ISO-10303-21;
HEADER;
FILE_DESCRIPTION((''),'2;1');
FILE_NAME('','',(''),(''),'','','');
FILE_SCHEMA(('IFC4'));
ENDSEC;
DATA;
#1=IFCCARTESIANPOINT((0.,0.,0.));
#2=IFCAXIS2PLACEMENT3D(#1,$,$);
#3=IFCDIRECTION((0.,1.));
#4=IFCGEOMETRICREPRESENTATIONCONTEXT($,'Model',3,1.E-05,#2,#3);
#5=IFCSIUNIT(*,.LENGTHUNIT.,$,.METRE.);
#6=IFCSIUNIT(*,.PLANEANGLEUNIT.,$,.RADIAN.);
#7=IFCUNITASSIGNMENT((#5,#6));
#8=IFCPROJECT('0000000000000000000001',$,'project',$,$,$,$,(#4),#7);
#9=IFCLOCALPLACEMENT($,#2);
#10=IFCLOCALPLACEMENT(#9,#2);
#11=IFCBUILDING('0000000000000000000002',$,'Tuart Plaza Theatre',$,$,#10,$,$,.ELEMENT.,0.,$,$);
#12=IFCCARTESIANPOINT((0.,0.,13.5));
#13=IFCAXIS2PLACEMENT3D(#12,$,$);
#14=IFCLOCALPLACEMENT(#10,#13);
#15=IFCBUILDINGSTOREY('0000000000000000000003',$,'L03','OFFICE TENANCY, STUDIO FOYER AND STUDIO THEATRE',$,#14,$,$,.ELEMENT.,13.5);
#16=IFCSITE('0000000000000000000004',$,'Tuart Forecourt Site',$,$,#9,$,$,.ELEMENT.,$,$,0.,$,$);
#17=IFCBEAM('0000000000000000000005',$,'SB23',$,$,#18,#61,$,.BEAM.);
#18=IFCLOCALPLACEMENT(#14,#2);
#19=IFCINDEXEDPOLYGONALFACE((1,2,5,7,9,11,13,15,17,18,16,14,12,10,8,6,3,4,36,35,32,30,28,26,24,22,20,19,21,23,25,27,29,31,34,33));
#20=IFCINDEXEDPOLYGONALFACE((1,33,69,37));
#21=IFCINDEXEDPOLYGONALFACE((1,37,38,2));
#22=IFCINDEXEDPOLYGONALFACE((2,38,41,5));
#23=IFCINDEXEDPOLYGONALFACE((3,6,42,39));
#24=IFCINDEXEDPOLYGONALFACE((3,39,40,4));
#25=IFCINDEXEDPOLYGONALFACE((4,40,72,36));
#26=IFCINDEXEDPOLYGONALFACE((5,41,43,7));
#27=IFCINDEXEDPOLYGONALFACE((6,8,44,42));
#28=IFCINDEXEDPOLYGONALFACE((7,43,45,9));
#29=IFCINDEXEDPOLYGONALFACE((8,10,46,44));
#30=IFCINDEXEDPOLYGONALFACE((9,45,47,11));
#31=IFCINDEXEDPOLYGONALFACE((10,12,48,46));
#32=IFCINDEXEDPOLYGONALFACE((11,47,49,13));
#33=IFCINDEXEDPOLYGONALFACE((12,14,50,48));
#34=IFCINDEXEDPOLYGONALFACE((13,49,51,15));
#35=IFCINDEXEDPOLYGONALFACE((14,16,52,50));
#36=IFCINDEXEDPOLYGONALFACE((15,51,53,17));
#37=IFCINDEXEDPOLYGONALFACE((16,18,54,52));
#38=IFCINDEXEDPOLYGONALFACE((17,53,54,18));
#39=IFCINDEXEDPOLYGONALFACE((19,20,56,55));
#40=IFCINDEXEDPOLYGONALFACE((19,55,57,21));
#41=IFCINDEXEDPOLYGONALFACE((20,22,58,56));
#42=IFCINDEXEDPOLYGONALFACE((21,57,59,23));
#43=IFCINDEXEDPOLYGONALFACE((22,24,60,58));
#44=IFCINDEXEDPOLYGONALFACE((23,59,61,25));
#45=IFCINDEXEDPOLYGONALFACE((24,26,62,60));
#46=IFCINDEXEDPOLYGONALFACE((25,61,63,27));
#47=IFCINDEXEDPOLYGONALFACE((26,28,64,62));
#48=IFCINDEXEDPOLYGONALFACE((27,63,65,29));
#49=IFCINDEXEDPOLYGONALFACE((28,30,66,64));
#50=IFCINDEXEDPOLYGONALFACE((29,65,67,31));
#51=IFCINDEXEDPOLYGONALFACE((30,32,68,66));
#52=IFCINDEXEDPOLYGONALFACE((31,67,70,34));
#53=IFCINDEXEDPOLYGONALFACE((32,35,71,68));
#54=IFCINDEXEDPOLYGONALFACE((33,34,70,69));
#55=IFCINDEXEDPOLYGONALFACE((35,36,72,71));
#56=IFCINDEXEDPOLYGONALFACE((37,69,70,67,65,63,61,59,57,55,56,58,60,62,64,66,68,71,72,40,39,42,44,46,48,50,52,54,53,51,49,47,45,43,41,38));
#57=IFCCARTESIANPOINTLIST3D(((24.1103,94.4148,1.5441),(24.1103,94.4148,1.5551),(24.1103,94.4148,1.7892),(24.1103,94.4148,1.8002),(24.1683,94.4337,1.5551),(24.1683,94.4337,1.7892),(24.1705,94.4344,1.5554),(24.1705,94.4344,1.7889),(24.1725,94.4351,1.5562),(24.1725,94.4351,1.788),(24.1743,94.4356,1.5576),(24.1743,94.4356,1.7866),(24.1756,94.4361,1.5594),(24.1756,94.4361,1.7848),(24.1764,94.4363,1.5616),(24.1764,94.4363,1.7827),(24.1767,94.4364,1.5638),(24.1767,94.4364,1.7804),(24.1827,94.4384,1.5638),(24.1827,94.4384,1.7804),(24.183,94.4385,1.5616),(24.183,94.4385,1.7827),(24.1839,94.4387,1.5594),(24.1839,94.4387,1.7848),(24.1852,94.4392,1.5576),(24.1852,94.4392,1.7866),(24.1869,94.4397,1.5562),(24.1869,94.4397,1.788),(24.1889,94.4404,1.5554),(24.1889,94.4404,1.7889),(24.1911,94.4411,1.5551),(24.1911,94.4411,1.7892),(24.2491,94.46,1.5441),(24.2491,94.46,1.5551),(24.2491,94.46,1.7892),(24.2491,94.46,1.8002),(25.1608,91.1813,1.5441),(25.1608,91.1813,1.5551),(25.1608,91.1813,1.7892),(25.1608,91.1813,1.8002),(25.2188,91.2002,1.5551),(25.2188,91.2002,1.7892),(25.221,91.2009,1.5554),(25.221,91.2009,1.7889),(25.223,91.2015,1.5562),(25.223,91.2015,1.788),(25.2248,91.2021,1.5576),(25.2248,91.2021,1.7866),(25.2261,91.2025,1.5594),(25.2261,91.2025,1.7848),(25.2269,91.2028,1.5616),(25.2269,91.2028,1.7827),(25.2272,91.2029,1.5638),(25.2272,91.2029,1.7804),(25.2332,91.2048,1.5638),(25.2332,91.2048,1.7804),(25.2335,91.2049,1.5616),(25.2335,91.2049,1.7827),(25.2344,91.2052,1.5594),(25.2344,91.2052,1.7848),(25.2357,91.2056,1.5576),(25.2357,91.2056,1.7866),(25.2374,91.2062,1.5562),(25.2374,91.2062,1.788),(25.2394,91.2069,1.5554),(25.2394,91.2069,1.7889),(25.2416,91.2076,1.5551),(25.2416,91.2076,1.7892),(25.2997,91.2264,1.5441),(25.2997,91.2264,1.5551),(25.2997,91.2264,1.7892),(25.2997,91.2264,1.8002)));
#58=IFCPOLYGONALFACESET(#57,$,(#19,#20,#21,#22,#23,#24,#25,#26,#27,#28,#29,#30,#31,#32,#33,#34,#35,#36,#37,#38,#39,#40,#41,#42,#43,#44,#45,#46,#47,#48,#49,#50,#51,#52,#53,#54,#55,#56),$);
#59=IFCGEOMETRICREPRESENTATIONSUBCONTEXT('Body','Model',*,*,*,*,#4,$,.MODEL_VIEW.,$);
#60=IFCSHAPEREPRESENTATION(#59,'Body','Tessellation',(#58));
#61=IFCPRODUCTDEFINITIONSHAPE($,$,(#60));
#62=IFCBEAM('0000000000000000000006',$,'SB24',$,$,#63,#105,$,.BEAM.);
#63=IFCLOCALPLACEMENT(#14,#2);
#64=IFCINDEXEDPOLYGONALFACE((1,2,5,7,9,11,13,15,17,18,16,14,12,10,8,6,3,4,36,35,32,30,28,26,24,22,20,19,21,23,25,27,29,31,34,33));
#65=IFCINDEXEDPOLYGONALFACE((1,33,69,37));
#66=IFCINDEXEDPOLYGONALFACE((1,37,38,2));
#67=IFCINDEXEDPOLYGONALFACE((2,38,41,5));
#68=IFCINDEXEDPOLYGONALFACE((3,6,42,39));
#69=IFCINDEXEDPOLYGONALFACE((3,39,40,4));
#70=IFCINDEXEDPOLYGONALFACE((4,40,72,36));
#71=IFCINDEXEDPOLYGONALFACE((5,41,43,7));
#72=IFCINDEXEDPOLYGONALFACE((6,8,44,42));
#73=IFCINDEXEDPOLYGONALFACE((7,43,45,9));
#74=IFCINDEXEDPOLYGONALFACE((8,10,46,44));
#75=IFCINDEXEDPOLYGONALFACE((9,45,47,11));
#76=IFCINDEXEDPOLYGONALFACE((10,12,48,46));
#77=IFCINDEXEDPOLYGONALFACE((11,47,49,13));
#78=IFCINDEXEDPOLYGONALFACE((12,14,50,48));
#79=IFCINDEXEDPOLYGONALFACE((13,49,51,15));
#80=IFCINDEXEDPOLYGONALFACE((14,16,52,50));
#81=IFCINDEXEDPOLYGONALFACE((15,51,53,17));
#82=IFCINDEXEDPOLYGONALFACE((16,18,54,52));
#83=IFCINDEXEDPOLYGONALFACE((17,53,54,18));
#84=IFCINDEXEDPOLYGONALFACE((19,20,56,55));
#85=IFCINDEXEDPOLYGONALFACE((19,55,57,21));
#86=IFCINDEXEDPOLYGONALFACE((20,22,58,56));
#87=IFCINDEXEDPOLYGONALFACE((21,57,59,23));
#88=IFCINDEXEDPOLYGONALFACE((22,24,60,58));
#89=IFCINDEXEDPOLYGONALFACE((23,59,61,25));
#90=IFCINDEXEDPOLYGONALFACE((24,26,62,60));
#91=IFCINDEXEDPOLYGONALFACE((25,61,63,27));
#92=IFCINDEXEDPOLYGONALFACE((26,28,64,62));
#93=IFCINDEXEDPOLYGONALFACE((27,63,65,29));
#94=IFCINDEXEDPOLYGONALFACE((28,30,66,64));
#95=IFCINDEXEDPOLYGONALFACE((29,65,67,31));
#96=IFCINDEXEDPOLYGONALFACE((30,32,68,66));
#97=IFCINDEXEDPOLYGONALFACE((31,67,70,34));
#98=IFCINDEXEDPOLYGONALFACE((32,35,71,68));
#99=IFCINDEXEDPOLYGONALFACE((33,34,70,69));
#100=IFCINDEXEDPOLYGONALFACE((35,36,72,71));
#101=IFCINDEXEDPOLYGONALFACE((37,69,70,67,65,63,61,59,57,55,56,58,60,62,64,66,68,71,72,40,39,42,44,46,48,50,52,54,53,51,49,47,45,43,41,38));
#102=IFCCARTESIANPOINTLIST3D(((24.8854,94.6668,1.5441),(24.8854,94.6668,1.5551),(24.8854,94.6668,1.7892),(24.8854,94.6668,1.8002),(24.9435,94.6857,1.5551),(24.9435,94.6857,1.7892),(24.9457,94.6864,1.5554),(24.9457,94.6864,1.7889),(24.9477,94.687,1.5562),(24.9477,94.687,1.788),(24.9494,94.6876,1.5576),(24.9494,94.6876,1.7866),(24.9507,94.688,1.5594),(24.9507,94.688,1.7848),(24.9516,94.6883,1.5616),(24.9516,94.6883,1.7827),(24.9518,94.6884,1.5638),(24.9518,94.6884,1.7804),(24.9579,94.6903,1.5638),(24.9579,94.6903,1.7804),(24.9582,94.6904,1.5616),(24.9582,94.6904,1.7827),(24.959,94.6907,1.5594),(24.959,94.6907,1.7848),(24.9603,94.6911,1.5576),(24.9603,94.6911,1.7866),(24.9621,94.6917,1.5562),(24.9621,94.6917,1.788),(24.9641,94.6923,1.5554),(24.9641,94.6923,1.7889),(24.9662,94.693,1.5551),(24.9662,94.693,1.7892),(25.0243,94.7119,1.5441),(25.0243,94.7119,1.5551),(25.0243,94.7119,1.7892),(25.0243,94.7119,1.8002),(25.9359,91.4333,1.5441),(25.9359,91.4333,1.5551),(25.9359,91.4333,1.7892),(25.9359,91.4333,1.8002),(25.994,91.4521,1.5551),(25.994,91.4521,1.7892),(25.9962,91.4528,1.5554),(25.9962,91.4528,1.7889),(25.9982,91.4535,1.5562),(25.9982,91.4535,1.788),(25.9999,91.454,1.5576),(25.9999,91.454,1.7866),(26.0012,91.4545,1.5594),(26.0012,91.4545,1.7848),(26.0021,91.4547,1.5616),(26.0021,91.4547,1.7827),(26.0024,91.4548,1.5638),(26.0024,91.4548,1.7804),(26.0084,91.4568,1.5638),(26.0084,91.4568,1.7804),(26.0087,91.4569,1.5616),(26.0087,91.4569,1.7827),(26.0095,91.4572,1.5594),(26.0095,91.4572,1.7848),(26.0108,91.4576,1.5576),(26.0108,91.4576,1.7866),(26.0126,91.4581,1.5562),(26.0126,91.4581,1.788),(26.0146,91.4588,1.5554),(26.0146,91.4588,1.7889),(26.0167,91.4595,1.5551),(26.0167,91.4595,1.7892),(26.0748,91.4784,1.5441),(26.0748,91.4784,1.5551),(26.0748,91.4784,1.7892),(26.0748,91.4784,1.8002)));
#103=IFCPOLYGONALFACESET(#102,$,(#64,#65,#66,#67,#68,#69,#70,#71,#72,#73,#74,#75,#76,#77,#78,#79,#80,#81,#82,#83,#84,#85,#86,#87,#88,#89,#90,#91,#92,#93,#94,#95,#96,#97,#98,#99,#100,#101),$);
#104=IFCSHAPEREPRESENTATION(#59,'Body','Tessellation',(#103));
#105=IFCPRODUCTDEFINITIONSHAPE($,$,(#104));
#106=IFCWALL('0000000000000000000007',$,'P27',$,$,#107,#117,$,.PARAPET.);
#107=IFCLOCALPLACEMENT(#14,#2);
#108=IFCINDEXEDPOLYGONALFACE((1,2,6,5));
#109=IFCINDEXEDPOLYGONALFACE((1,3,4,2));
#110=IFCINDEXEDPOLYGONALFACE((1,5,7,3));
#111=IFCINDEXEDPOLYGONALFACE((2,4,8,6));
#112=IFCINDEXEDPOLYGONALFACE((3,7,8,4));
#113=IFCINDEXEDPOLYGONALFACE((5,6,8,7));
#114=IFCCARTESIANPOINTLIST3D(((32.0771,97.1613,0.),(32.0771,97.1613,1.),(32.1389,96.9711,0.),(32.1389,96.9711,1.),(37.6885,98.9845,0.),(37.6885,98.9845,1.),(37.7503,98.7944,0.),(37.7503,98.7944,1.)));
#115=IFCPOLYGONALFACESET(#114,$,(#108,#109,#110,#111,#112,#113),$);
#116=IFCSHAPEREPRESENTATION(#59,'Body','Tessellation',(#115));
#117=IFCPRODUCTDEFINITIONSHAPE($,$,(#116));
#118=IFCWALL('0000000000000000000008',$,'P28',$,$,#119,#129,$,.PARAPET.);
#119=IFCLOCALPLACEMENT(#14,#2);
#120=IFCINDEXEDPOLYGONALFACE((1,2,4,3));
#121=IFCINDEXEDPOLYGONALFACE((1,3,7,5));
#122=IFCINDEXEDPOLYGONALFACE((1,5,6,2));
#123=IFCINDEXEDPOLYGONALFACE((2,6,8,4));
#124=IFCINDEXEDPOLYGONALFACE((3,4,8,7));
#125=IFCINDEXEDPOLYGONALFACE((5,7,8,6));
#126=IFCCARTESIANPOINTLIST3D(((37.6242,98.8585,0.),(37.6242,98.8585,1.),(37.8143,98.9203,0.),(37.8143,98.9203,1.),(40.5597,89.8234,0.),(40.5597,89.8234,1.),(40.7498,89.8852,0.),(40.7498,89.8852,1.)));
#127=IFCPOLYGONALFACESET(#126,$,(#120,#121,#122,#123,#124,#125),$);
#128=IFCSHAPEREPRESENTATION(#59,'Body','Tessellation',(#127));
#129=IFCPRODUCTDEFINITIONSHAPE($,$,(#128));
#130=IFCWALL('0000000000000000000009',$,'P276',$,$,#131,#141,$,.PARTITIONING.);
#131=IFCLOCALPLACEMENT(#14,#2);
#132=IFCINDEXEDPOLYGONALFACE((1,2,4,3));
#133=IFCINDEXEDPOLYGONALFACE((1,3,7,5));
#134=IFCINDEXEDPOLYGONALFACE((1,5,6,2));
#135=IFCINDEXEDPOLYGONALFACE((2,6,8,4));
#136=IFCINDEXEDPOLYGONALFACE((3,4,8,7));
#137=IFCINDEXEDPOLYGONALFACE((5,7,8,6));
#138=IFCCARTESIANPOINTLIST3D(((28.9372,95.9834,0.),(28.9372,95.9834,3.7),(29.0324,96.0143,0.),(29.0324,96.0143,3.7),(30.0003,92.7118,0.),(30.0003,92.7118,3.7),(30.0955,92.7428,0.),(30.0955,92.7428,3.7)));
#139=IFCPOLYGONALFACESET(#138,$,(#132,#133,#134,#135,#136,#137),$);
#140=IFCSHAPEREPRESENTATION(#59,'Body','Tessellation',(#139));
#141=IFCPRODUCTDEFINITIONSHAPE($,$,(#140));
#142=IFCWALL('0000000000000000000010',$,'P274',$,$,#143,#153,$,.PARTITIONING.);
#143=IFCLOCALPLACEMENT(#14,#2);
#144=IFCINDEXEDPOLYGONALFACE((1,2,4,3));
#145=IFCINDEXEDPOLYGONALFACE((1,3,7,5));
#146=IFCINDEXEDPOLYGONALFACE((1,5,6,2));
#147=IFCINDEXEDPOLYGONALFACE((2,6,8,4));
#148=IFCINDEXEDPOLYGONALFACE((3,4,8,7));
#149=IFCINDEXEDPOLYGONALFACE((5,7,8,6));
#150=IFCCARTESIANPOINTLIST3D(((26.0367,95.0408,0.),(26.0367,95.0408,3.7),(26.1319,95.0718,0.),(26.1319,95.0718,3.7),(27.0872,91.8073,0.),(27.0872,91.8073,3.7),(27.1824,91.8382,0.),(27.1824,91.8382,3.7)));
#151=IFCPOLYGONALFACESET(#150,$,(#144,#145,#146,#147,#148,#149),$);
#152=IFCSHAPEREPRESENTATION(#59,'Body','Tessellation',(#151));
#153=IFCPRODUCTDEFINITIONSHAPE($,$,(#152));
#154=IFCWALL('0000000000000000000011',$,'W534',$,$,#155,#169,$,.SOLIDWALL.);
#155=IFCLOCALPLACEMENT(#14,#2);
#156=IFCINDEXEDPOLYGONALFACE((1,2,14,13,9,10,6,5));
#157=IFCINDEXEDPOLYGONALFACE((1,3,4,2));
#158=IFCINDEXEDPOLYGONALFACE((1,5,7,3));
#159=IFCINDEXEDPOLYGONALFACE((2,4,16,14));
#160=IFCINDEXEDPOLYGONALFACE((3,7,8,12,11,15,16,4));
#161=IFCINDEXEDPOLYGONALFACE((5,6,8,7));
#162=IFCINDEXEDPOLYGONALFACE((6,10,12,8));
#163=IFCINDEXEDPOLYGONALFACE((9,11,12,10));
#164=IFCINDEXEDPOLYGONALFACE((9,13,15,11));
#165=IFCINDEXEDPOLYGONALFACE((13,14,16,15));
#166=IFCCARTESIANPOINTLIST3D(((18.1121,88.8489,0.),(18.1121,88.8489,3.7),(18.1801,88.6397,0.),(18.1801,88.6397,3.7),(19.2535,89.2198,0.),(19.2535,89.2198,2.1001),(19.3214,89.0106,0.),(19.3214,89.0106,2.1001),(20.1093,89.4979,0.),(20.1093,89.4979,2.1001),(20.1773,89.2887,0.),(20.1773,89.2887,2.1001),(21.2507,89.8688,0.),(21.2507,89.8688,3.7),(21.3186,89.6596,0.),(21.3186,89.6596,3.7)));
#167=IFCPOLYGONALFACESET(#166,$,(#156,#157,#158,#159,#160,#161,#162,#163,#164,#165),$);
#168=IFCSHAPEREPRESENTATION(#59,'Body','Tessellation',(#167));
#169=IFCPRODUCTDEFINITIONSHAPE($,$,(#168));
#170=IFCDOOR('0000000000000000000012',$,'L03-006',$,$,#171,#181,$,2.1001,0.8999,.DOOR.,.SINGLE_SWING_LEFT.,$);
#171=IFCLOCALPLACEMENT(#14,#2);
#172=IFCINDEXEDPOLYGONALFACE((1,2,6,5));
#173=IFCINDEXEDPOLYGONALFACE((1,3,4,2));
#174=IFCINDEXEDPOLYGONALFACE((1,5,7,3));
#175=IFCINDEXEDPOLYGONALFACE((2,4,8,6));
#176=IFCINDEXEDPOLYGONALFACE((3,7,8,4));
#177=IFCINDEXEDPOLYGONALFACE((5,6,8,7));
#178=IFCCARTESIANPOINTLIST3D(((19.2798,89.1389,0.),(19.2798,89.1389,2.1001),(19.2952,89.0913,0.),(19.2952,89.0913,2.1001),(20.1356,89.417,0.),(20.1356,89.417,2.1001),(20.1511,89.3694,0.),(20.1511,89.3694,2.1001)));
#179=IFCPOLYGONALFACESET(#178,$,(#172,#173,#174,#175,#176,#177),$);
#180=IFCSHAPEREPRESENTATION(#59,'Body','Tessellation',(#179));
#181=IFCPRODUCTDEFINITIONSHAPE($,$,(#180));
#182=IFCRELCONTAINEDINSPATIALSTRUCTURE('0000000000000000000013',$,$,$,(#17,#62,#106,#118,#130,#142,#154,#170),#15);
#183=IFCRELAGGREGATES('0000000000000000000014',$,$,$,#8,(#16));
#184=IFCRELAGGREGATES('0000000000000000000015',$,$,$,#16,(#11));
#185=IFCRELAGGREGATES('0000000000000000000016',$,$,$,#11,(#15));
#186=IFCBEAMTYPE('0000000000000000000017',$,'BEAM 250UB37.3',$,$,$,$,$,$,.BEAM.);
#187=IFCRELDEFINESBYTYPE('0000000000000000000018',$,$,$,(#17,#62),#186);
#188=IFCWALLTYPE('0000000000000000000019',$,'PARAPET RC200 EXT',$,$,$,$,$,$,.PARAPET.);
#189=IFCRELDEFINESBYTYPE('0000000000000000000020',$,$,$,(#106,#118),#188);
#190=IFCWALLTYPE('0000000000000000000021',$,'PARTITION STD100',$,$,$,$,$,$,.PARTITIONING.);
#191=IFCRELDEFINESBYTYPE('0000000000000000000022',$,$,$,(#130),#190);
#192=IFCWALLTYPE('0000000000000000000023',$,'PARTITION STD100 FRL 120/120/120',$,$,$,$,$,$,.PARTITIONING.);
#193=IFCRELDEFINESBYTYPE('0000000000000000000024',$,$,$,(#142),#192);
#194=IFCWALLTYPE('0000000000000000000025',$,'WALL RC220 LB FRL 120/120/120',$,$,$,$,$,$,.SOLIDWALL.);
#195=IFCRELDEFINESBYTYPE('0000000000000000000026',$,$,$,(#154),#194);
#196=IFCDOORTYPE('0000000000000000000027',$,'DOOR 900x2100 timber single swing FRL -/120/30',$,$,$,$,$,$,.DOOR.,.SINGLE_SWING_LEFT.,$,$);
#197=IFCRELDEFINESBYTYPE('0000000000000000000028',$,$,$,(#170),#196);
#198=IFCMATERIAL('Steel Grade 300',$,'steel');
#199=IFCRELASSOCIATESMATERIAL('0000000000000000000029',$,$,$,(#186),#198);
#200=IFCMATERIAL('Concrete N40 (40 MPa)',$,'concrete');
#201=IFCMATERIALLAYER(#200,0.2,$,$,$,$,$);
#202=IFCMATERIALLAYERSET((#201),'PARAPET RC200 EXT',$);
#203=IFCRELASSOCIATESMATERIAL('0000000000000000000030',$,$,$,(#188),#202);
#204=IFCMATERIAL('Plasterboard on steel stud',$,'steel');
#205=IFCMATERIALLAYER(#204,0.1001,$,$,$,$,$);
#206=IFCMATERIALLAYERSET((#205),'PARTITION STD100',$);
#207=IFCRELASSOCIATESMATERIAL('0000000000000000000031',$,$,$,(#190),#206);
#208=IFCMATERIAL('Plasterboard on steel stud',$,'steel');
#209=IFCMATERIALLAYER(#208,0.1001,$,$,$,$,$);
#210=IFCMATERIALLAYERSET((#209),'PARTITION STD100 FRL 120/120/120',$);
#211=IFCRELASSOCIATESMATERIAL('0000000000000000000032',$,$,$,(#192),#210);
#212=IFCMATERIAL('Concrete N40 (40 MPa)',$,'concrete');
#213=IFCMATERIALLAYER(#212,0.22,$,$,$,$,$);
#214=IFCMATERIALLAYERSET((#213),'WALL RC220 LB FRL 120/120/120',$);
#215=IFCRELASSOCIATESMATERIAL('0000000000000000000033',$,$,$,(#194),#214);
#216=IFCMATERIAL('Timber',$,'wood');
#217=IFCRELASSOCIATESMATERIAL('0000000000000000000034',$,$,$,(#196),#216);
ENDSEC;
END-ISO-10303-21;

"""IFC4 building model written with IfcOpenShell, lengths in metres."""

from ifc_helpers import new_model, si_unit, direction, frame, frame_2d, origin, origin_2d, place, context, subcontext, project, spatial, rectangle, i_section, extrude, material, layer, layer_set, material_profile, profile_set, type_object, element, fill, save


model = new_model("IFC4")

# Units and contexts
model_context = context("Model", 3, precision=1e-05, world=origin(), true_north=direction((0.0, 1.0)))
body_context = subcontext(model_context, "Body", "Model", "MODEL_VIEW")
ifc_project = project(units=[si_unit("LENGTHUNIT", "METRE"), si_unit("PLANEANGLEUNIT", "RADIAN")], contexts=[model_context])

# Site, building, storey
site_placement = place(None, origin())
site = spatial("IfcSite", under=ifc_project, at=site_placement, Name="Tuart Forecourt Site", CompositionType="ELEMENT", RefElevation=0.0)
building_placement = place(site_placement, origin())
building = spatial("IfcBuilding", under=site, at=building_placement, Name="Tuart Plaza Theatre", CompositionType="ELEMENT", ElevationOfRefHeight=0.0)
storey_placement = place(building_placement, frame((0.0, 0.0, 13.5)))
storey = spatial("IfcBuildingStorey", under=building, at=storey_placement, Name="L03", Description="OFFICE TENANCY, STUDIO FOYER AND STUDIO THEATRE", CompositionType="ELEMENT", Elevation=13.5)

# Beams
ifc_material_1 = material(Name="Steel Grade 300", Category="steel")
ifc_material_profile = material_profile(ifc_material_1, i_section(OverallWidth=0.146, OverallDepth=0.2561, WebThickness=0.0063, FlangeThickness=0.011, FilletRadius=0.0088, at=origin_2d()), Name="250UB37.3")
ifc_profile_set = profile_set([ifc_material_profile], Name="Steel Grade 300")
beam_type = type_object("IfcBeamType", Name="BEAM 250UB37.3", PredefinedType="BEAM", material=ifc_profile_set)
for number, where, z_axis, x_axis, name in (
    (1, (25.2302, 91.2039, 1.6721), (-0.308981, 0.951068, 0.0), (-0.951068, -0.308981, 0.0), "SB23"),
    (2, (26.0054, 91.4558, 1.6721), (-0.308981, 0.951068, 0.0), (-0.951068, -0.308981, 0.0), "SB24"),
):
    element("IfcBeam", number, at=place(storey_placement, frame(where, z_axis=z_axis, x_axis=x_axis)), inside=storey, type_object=beam_type, Name=name, PredefinedType="BEAM", context=body_context, shape_type="SweptSolid", body=[
        extrude(i_section(OverallWidth=0.146, OverallDepth=0.2561, WebThickness=0.0063, FlangeThickness=0.011, FilletRadius=0.0088, at=origin_2d()), origin(), (0.0, 0.0, 1.0), 3.3999),
    ])

# Walls
ifc_material_2 = material(Name="Concrete N40 (40 MPa)", Category="concrete")
ifc_layer_1 = layer(ifc_material_2, 0.2)
ifc_layer_set_1 = layer_set([ifc_layer_1], Name="PARAPET RC200 EXT")
wall_type_1 = type_object("IfcWallType", Name="PARAPET RC200 EXT", PredefinedType="PARAPET", material=ifc_layer_set_1)
wall_1_placement = place(storey_placement, frame((32.1079, 97.0662, 0.0), z_axis=(0.0, 0.0, 1.0), x_axis=(0.951056, 0.309019, 0.0)))
element("IfcWall", 3, at=wall_1_placement, inside=storey, type_object=wall_type_1, Name="P27", PredefinedType="PARAPET", context=body_context, shape_type="SweptSolid", body=[
    extrude(rectangle(XDim=5.9001, YDim=0.2, at=frame_2d((2.9502, 0.0))), origin(), (0.0, 0.0, 1.0), 1.0),
])
wall_2_placement = place(storey_placement, frame((37.7192, 98.8894, 0.0), z_axis=(0.0, 0.0, 1.0), x_axis=(0.309002, -0.951061, 0.0)))
element("IfcWall", 4, at=wall_2_placement, inside=storey, type_object=wall_type_1, Name="P28", PredefinedType="PARAPET", context=body_context, shape_type="SweptSolid", body=[
    extrude(rectangle(XDim=9.5, YDim=0.2, at=frame_2d((4.75, 0.0))), origin(), (0.0, 0.0, 1.0), 1.0),
])
ifc_material_3 = material(Name="Plasterboard on steel stud", Category="steel")
ifc_layer_2 = layer(ifc_material_3, 0.1001)
ifc_layer_set_2 = layer_set([ifc_layer_2], Name="PARTITION STD100")
wall_type_2 = type_object("IfcWallType", Name="PARTITION STD100", PredefinedType="PARTITIONING", material=ifc_layer_set_2)
wall_3_placement = place(storey_placement, frame((30.0479, 92.7273, 0.0), z_axis=(0.0, 0.0, 1.0), x_axis=(-0.309022, 0.951055, 0.0)))
element("IfcWall", 5, at=wall_3_placement, inside=storey, type_object=wall_type_2, Name="P276", PredefinedType="PARTITIONING", context=body_context, shape_type="SweptSolid", body=[
    extrude(rectangle(XDim=3.4399, YDim=0.1001, at=frame_2d((1.72, 0.0))), origin(), (0.0, 0.0, 1.0), 3.7),
])
ifc_material_4 = material(Name="Plasterboard on steel stud", Category="steel")
ifc_layer_3 = layer(ifc_material_4, 0.1001)
ifc_layer_set_3 = layer_set([ifc_layer_3], Name="PARTITION STD100 FRL 120/120/120")
wall_type_3 = type_object("IfcWallType", Name="PARTITION STD100 FRL 120/120/120", PredefinedType="PARTITIONING", material=ifc_layer_set_3)
wall_4_placement = place(storey_placement, frame((27.1348, 91.8228, 0.0), z_axis=(0.0, 0.0, 1.0), x_axis=(-0.308981, 0.951068, 0.0)))
element("IfcWall", 6, at=wall_4_placement, inside=storey, type_object=wall_type_3, Name="P274", PredefinedType="PARTITIONING", context=body_context, shape_type="SweptSolid", body=[
    extrude(rectangle(XDim=3.3999, YDim=0.1001, at=frame_2d((1.7, 0.0))), origin(), (0.0, 0.0, 1.0), 3.7),
])

# Wall, opening, door
ifc_material_5 = material(Name="Concrete N40 (40 MPa)", Category="concrete")
ifc_layer_4 = layer(ifc_material_5, 0.22)
ifc_layer_set_4 = layer_set([ifc_layer_4], Name="WALL RC220 LB FRL 120/120/120")
wall_type_4 = type_object("IfcWallType", Name="WALL RC220 LB FRL 120/120/120", PredefinedType="SOLIDWALL", material=ifc_layer_set_4)
wall_5_placement = place(storey_placement, frame((18.1462, 88.7444, 0.0), z_axis=(0.0, 0.0, 1.0), x_axis=(0.951053, 0.309028, 0.0)))
wall_5 = element("IfcWall", 7, at=wall_5_placement, inside=storey, type_object=wall_type_4, Name="W534", PredefinedType="SOLIDWALL", context=body_context, shape_type="SweptSolid", body=[
    extrude(rectangle(XDim=3.3, YDim=0.22, at=frame_2d((1.6499, 0.0))), origin(), (0.0, 0.0, 1.0), 3.7),
])
opening_1_placement = place(wall_5_placement, frame((1.2, 0.0, 0.0)))
opening_1 = element("IfcOpeningElement", 8, at=opening_1_placement, cuts=wall_5, PredefinedType="OPENING", context=body_context, shape_type="SweptSolid", body=[
    extrude(rectangle(XDim=0.8999, YDim=2.1001, at=frame_2d((0.45, 1.05))), frame((0.0, 0.1199, 0.0), z_axis=(0.0, -1.0, 0.0), x_axis=(1.0, 0.0, 0.0)), (0.0, 0.0, 1.0), 0.24),
])
ifc_material_6 = material(Name="Timber", Category="wood")
door_type_1 = type_object("IfcDoorType", Name="DOOR 900x2100 timber single swing FRL -/120/30", OperationType="SINGLE_SWING_LEFT", PredefinedType="DOOR", material=ifc_material_6)
door_1_placement = place(opening_1_placement, origin())
door_1 = element("IfcDoor", 9, at=door_1_placement, inside=storey, type_object=door_type_1, Name="L03-006", OperationType="SINGLE_SWING_LEFT", OverallHeight=2.1001, OverallWidth=0.8999, PredefinedType="DOOR", context=body_context, shape_type="SweptSolid", body=[
    extrude(rectangle(XDim=0.8999, YDim=2.1001, at=frame_2d((0.45, 1.05))), frame((0.0, 0.0249, 0.0), z_axis=(0.0, -1.0, 0.0), x_axis=(1.0, 0.0, 0.0)), (0.0, 0.0, 1.0), 0.05),
])
fill(opening_1, door_1)

save(model, "model.ifc")
